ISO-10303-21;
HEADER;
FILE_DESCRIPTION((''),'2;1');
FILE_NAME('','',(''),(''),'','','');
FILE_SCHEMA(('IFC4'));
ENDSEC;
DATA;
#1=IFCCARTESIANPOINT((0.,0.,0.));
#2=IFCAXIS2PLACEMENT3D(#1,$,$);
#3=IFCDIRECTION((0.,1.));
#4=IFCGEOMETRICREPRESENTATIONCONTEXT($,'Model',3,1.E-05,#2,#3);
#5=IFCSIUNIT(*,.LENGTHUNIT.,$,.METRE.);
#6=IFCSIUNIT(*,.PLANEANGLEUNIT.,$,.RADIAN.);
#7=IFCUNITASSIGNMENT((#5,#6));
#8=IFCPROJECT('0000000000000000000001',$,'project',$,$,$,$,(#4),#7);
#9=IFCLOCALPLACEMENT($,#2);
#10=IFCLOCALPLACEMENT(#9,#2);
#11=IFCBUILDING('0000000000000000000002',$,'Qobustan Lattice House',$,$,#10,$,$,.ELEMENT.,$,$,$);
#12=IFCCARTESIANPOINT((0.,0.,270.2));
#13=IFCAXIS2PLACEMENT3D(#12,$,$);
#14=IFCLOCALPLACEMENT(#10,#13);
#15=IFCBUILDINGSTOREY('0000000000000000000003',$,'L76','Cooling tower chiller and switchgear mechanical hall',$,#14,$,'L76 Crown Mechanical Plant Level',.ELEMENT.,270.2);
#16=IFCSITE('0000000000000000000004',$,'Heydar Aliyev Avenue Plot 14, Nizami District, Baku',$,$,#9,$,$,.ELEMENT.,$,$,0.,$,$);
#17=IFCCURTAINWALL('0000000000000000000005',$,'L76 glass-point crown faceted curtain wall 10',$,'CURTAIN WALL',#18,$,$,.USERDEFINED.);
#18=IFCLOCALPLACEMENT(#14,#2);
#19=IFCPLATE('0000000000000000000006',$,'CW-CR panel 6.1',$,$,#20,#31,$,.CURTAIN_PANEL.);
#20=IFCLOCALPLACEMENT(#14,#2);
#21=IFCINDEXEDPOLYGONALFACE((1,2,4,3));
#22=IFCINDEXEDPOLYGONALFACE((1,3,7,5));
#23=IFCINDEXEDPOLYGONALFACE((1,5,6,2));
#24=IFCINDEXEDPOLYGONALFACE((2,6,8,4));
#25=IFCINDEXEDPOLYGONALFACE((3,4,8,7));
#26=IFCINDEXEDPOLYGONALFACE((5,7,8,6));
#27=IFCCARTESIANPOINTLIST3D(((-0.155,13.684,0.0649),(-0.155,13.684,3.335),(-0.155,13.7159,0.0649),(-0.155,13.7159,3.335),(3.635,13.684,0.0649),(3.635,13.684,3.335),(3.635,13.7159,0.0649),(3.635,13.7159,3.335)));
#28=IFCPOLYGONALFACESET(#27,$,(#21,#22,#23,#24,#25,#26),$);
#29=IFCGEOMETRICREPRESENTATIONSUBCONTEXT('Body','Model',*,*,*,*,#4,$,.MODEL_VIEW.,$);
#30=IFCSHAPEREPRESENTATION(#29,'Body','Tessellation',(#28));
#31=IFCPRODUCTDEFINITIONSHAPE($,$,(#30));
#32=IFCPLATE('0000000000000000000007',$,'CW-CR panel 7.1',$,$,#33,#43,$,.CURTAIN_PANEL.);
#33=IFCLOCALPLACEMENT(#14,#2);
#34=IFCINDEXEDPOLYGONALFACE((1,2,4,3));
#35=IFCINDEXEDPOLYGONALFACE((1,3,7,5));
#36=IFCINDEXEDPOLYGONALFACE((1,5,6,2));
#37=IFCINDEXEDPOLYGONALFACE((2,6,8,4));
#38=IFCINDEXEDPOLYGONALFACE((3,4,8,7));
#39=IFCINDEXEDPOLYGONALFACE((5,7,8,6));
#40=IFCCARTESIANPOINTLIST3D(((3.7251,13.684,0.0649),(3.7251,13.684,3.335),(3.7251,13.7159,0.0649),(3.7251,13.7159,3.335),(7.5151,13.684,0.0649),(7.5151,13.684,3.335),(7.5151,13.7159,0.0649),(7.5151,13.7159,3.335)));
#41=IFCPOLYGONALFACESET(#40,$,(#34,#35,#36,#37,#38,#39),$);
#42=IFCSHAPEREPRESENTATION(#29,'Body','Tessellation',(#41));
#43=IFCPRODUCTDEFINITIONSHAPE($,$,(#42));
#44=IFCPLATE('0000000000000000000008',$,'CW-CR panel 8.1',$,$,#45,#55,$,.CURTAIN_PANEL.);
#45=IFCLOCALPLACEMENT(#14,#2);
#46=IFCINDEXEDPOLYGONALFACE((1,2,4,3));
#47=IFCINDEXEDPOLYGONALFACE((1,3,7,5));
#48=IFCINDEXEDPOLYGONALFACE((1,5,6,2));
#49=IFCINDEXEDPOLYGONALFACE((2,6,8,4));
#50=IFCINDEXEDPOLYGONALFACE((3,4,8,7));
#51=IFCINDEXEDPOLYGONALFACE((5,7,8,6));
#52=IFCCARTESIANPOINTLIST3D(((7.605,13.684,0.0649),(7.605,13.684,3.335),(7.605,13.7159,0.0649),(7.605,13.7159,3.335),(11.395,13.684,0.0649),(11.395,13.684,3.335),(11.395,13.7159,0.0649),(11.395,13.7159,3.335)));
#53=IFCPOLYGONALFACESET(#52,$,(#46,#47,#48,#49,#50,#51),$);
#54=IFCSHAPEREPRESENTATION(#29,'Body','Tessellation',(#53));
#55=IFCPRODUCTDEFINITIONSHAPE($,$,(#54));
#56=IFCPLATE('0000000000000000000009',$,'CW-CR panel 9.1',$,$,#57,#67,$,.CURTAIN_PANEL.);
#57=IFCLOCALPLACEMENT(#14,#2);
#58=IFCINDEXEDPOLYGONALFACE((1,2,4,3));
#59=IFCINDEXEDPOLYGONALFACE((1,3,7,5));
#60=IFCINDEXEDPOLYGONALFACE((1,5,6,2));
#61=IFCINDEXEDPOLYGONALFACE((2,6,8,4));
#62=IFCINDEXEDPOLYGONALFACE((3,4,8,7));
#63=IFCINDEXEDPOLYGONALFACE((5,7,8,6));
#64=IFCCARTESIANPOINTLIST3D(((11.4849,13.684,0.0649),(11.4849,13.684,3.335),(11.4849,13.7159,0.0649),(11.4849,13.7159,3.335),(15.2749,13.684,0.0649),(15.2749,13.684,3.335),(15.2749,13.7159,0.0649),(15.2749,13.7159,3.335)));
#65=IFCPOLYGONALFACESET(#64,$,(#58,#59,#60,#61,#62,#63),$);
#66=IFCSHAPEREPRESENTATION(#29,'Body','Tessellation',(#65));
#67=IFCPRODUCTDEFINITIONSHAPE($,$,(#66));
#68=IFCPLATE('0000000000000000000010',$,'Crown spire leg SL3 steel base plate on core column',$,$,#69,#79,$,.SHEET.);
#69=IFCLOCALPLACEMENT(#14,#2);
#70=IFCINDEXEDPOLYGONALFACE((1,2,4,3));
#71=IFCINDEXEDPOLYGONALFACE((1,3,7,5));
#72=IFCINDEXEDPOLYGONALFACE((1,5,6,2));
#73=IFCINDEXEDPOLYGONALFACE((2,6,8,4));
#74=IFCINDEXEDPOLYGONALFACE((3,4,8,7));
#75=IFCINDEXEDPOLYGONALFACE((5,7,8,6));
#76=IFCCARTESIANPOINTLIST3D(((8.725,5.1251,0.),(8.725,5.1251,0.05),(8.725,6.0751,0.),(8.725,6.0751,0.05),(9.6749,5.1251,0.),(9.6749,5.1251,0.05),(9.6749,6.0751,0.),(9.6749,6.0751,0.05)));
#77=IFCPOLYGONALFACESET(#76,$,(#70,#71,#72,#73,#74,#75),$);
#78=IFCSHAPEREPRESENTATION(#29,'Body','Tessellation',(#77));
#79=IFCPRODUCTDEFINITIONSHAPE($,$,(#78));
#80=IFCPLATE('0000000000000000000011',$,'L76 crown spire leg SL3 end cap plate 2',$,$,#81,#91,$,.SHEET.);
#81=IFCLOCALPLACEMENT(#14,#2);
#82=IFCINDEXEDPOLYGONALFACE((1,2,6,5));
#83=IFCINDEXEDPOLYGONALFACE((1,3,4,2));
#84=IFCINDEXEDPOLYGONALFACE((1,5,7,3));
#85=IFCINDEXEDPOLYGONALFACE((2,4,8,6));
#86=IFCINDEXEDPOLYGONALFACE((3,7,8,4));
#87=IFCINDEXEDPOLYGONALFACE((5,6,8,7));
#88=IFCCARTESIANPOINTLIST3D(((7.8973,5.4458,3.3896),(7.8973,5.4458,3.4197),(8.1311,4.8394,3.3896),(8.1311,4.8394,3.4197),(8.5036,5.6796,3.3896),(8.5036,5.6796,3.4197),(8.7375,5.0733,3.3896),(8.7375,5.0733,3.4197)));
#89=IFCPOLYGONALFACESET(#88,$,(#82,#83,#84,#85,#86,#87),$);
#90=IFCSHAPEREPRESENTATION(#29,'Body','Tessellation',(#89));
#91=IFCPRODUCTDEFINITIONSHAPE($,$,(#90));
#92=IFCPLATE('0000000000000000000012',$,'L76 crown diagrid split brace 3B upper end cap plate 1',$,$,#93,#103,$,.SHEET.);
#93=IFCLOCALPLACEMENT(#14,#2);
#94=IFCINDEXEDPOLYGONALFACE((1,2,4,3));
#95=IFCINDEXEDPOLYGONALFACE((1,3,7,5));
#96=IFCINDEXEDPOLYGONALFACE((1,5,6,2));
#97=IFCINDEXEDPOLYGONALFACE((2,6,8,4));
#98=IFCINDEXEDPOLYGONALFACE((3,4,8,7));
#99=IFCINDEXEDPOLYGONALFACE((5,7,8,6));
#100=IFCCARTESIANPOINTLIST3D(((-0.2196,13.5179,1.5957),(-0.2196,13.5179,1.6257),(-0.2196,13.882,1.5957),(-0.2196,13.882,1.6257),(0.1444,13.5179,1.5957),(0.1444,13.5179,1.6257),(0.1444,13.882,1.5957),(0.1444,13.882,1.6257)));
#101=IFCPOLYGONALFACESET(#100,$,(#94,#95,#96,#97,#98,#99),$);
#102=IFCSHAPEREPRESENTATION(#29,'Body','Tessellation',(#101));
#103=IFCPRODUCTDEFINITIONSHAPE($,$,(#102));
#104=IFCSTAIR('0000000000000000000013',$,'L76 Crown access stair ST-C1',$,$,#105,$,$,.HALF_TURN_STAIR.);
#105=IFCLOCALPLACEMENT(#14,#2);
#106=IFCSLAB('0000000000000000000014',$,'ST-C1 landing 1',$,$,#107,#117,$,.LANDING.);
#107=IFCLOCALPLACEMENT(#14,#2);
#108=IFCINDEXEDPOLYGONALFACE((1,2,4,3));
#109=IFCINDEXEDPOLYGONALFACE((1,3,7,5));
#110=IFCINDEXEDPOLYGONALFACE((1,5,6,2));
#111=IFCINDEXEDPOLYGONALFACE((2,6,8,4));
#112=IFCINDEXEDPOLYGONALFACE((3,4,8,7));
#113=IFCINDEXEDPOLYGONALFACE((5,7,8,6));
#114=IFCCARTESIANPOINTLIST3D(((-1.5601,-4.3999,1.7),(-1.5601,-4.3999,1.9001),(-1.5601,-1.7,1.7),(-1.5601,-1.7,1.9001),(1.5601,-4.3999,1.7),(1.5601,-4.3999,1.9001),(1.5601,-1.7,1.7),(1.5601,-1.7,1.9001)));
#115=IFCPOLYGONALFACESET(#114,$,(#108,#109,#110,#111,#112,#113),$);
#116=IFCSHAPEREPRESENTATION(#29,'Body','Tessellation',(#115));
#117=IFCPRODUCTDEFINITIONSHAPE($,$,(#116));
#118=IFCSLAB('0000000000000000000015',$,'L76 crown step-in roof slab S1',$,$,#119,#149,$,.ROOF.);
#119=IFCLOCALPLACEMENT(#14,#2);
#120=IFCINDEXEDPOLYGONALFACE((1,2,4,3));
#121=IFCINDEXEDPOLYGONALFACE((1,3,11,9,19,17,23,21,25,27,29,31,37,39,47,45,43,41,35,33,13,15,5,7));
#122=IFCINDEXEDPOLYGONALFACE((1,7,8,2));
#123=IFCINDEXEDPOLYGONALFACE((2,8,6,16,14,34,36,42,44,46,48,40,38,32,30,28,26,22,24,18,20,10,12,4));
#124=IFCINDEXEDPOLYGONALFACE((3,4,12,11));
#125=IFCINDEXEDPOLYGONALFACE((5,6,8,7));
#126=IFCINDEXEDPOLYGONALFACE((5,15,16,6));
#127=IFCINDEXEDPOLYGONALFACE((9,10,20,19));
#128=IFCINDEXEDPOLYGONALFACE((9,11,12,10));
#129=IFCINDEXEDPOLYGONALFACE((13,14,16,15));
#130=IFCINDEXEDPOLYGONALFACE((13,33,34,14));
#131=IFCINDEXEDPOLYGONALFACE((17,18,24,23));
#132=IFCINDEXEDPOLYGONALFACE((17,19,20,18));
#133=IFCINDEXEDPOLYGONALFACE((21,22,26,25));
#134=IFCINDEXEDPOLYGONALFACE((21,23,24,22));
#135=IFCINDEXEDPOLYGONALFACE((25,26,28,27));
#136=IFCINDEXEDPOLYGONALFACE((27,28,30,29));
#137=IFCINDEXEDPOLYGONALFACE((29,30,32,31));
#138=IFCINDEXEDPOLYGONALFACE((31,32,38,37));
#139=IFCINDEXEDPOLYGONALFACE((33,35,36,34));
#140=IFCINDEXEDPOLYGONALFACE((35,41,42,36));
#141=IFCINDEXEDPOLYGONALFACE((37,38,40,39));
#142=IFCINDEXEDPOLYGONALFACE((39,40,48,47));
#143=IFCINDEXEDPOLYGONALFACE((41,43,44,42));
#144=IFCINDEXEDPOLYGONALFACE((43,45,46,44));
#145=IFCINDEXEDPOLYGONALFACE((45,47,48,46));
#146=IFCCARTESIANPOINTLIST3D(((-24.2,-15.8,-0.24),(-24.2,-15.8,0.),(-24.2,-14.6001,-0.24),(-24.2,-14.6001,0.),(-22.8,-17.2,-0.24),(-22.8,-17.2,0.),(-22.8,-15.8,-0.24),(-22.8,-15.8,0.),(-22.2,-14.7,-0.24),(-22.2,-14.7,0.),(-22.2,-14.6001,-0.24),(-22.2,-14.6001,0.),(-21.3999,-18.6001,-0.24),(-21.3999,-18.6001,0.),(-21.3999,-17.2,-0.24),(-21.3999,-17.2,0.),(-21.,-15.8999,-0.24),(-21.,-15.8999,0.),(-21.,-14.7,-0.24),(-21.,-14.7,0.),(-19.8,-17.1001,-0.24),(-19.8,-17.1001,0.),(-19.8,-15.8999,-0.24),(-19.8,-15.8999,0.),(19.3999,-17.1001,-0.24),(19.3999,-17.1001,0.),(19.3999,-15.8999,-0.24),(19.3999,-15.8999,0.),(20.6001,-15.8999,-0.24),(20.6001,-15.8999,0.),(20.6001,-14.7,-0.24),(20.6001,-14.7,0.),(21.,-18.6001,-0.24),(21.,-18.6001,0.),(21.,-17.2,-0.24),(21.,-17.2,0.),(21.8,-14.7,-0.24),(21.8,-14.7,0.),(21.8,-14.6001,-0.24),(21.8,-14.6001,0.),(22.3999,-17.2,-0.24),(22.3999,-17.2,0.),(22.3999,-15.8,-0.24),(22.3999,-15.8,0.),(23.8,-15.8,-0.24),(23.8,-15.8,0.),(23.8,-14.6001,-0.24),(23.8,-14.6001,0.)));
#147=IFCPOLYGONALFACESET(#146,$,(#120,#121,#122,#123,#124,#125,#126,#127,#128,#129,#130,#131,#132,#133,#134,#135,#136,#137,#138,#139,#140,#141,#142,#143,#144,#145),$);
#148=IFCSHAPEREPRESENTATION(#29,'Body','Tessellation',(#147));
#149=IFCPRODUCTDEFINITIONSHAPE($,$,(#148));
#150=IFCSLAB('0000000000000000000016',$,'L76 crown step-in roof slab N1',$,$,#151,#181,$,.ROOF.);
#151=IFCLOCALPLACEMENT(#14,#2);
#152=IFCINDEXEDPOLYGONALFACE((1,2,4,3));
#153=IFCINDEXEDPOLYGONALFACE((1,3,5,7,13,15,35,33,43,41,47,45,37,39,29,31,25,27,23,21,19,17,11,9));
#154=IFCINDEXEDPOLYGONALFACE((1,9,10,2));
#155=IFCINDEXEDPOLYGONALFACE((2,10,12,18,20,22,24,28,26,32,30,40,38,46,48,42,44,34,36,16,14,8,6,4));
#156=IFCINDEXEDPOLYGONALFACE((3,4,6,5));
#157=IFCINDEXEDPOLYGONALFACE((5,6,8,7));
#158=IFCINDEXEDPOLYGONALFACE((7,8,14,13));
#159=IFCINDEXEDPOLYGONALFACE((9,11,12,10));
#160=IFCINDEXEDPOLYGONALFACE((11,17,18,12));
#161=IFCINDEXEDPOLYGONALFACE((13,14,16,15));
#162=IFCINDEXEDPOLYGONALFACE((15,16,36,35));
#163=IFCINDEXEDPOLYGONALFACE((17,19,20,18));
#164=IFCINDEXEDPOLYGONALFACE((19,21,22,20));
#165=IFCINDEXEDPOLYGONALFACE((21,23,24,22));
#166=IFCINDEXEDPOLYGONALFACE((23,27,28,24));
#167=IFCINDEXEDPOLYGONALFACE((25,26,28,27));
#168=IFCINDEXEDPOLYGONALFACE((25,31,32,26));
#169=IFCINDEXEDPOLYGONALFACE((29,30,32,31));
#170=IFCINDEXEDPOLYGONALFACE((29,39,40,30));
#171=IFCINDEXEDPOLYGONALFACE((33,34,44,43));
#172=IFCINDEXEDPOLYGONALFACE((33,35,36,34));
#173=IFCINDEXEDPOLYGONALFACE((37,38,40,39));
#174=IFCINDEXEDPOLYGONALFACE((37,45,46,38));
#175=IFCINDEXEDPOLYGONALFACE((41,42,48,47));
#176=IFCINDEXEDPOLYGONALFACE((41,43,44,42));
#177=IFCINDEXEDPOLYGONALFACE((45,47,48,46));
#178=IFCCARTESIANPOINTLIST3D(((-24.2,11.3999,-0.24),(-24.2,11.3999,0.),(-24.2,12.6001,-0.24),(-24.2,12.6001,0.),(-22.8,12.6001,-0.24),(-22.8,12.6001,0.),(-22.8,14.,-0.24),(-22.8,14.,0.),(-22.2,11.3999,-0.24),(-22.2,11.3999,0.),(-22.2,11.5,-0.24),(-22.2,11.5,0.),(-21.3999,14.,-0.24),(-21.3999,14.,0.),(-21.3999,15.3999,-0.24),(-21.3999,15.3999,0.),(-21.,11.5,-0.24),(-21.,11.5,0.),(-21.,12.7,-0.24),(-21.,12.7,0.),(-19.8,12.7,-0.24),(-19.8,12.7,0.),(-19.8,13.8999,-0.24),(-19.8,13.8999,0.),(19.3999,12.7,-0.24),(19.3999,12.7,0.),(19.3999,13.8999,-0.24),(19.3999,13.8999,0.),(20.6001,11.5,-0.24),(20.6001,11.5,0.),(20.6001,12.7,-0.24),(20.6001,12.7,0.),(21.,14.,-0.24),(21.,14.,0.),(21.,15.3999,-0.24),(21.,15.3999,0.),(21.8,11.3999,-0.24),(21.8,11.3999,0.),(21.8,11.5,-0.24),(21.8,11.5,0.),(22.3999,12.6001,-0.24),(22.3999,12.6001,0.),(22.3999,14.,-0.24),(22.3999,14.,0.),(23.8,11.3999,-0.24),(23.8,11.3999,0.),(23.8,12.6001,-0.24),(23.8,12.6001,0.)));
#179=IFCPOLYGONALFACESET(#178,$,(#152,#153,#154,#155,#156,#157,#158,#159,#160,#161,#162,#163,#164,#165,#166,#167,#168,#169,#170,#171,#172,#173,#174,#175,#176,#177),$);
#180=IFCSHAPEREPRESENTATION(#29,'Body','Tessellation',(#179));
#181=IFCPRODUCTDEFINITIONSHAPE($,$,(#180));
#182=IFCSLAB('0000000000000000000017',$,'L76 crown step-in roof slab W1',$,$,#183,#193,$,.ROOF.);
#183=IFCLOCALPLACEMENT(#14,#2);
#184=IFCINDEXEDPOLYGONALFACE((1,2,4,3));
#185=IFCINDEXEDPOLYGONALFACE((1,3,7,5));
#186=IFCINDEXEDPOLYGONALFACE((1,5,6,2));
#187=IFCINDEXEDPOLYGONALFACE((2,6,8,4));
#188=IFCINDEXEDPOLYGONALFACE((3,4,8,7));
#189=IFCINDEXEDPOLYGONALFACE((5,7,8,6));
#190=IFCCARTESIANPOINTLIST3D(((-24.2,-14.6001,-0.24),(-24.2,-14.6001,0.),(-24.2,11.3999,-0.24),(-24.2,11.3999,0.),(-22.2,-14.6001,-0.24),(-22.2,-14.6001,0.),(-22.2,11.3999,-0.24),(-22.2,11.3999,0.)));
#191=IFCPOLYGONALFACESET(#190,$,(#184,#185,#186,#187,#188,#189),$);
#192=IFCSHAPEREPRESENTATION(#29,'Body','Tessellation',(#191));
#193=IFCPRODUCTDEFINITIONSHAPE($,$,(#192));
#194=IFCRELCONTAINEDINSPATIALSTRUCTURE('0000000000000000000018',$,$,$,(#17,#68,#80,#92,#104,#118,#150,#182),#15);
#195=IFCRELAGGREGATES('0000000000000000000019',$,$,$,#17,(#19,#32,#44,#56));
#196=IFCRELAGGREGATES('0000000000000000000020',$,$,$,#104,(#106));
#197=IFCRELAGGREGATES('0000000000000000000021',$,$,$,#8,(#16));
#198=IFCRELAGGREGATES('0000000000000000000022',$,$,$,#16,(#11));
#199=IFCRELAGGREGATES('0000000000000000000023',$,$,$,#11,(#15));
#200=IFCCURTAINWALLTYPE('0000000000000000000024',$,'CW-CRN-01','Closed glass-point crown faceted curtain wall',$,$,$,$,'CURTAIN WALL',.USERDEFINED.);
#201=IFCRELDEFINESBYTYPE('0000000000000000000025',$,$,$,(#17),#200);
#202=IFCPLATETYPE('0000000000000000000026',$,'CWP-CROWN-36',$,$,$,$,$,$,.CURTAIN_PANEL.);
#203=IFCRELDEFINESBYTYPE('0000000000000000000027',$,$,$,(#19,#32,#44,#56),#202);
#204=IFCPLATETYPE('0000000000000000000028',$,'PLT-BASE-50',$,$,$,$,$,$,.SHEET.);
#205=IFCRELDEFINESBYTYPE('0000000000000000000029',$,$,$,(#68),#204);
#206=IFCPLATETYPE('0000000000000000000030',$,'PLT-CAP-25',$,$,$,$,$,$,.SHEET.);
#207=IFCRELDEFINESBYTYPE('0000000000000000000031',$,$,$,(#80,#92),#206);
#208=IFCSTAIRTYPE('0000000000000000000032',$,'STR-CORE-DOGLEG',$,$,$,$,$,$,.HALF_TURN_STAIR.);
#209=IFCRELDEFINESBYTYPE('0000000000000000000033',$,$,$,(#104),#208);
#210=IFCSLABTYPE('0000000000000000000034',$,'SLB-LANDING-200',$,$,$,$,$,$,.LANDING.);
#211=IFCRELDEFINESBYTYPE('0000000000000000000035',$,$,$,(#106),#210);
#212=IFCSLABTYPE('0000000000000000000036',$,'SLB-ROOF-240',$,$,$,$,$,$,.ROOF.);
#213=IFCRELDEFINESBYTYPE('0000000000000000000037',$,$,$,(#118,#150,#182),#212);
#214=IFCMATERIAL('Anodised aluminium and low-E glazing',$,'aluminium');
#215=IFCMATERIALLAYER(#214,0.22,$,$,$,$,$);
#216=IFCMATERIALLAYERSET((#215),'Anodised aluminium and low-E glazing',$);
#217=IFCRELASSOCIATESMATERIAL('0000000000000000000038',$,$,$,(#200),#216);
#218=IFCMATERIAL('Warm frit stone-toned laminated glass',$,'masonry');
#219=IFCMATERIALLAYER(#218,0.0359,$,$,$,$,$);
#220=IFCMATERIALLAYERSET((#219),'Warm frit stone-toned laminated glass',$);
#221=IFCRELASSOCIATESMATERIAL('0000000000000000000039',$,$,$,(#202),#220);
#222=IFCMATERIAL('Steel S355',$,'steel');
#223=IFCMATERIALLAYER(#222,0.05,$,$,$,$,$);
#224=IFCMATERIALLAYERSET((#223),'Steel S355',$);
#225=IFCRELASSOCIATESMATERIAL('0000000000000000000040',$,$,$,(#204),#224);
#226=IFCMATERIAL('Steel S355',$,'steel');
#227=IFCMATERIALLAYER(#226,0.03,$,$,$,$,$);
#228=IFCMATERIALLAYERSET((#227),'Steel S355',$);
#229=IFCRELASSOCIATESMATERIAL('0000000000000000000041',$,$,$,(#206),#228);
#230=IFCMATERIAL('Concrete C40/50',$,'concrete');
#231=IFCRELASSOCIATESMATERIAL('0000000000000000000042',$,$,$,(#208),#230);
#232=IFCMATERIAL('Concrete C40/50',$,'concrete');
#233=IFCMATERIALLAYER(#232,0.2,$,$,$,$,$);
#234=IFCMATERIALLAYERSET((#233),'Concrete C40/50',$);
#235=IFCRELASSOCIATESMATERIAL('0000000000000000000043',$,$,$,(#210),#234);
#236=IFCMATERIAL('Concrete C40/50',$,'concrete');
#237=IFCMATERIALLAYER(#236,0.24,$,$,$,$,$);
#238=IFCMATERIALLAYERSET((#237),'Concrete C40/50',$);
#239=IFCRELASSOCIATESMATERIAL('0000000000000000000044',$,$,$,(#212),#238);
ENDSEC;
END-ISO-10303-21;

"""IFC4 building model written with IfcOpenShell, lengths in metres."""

from ifc_helpers import new_model, si_unit, direction, frame, origin, origin_2d, place, context, subcontext, project, spatial, polyline, rectangle, outline, extrude, material, layer, layer_set, type_object, element, aggregate, save


model = new_model("IFC4")

# Units and contexts
model_context = context("Model", 3, precision=1e-05, world=origin(), true_north=direction((0.0, 1.0)))
body_context = subcontext(model_context, "Body", "Model", "MODEL_VIEW")
ifc_project = project(units=[si_unit("LENGTHUNIT", "METRE"), si_unit("PLANEANGLEUNIT", "RADIAN")], contexts=[model_context])

# Site, building, storey
site_placement = place(None, origin())
site = spatial("IfcSite", under=ifc_project, at=site_placement, Name="Heydar Aliyev Avenue Plot 14, Nizami District, Baku", CompositionType="ELEMENT", RefElevation=0.0)
building_placement = place(site_placement, origin())
building = spatial("IfcBuilding", under=site, at=building_placement, Name="Qobustan Lattice House", CompositionType="ELEMENT")
storey_placement = place(building_placement, frame((0.0, 0.0, 270.2)))
storey = spatial("IfcBuildingStorey", under=building, at=storey_placement, Name="L76", Description="Cooling tower chiller and switchgear mechanical hall", LongName="L76 Crown Mechanical Plant Level", CompositionType="ELEMENT", Elevation=270.2)

# Curtain wall
ifc_material_1 = material(Name="Anodised aluminium and low-E glazing", Category="aluminium")
ifc_layer_1 = layer(ifc_material_1, 0.22)
ifc_layer_set_1 = layer_set([ifc_layer_1], Name="Anodised aluminium and low-E glazing")
curtain_wall_type = type_object("IfcCurtainWallType", Name="CW-CRN-01", Description="Closed glass-point crown faceted curtain wall", ElementType="CURTAIN WALL", PredefinedType="USERDEFINED", material=ifc_layer_set_1)
curtain_wall_placement = place(storey_placement, origin())
curtain_wall = element("IfcCurtainWall", 1, at=curtain_wall_placement, inside=storey, type_object=curtain_wall_type, Name="L76 glass-point crown faceted curtain wall 10", ObjectType="CURTAIN WALL", PredefinedType="USERDEFINED")

# Plates
ifc_material_2 = material(Name="Warm frit stone-toned laminated glass", Category="masonry")
ifc_layer_2 = layer(ifc_material_2, 0.0359)
ifc_layer_set_2 = layer_set([ifc_layer_2], Name="Warm frit stone-toned laminated glass")
plate_type_1 = type_object("IfcPlateType", Name="CWP-CROWN-36", PredefinedType="CURTAIN_PANEL", material=ifc_layer_set_2)
plate_1_placement = place(storey_placement, frame((1.74, 13.7, 0.0649), z_axis=(0.0, 0.0, 1.0), x_axis=(1.0, 0.0, 0.0)))
plate_1 = element("IfcPlate", 2, at=plate_1_placement, type_object=plate_type_1, Name="CW-CR panel 6.1", PredefinedType="CURTAIN_PANEL", context=body_context, shape_type="SweptSolid", body=[
    extrude(rectangle(XDim=3.79, YDim=0.032, at=origin_2d()), origin(), (0.0, 0.0, 1.0), 3.27),
])
plate_2_placement = place(storey_placement, frame((5.6201, 13.7, 0.0649), z_axis=(0.0, 0.0, 1.0), x_axis=(1.0, 0.0, 0.0)))
plate_2 = element("IfcPlate", 3, at=plate_2_placement, type_object=plate_type_1, Name="CW-CR panel 7.1", PredefinedType="CURTAIN_PANEL", context=body_context, shape_type="SweptSolid", body=[
    extrude(rectangle(XDim=3.79, YDim=0.032, at=origin_2d()), origin(), (0.0, 0.0, 1.0), 3.27),
])
plate_3_placement = place(storey_placement, frame((9.5, 13.7, 0.0649), z_axis=(0.0, 0.0, 1.0), x_axis=(1.0, 0.0, 0.0)))
plate_3 = element("IfcPlate", 4, at=plate_3_placement, type_object=plate_type_1, Name="CW-CR panel 8.1", PredefinedType="CURTAIN_PANEL", context=body_context, shape_type="SweptSolid", body=[
    extrude(rectangle(XDim=3.79, YDim=0.032, at=origin_2d()), origin(), (0.0, 0.0, 1.0), 3.27),
])
plate_4_placement = place(storey_placement, frame((13.3799, 13.7, 0.0649), z_axis=(0.0, 0.0, 1.0), x_axis=(1.0, 0.0, 0.0)))
plate_4 = element("IfcPlate", 5, at=plate_4_placement, type_object=plate_type_1, Name="CW-CR panel 9.1", PredefinedType="CURTAIN_PANEL", context=body_context, shape_type="SweptSolid", body=[
    extrude(rectangle(XDim=3.79, YDim=0.032, at=origin_2d()), origin(), (0.0, 0.0, 1.0), 3.27),
])
aggregate(curtain_wall, [plate_1, plate_2, plate_3, plate_4])

# Plates
ifc_material_3 = material(Name="Steel S355", Category="steel")
ifc_layer_3 = layer(ifc_material_3, 0.05)
ifc_layer_set_3 = layer_set([ifc_layer_3], Name="Steel S355")
plate_type_2 = type_object("IfcPlateType", Name="PLT-BASE-50", PredefinedType="SHEET", material=ifc_layer_set_3)
plate_5_placement = place(storey_placement, frame((9.2, 5.6001, 0.0), z_axis=(0.0, 0.0, 1.0), x_axis=(1.0, 0.0, 0.0)))
element("IfcPlate", 6, at=plate_5_placement, inside=storey, type_object=plate_type_2, Name="Crown spire leg SL3 steel base plate on core column", PredefinedType="SHEET", context=body_context, shape_type="SweptSolid", body=[
    extrude(rectangle(XDim=0.95, YDim=0.95, at=origin_2d()), origin(), (0.0, 0.0, 1.0), 0.05),
])
ifc_material_4 = material(Name="Steel S355", Category="steel")
ifc_layer_4 = layer(ifc_material_4, 0.03)
ifc_layer_set_4 = layer_set([ifc_layer_4], Name="Steel S355")
plate_type_3 = type_object("IfcPlateType", Name="PLT-CAP-25", PredefinedType="SHEET", material=ifc_layer_set_4)
plate_6_placement = place(storey_placement, frame((8.3174, 5.2595, 3.3896), z_axis=(0.0, 0.0, 1.0), x_axis=(-0.933004, -0.359867, 0.0)))
element("IfcPlate", 7, at=plate_6_placement, inside=storey, type_object=plate_type_3, Name="L76 crown spire leg SL3 end cap plate 2", PredefinedType="SHEET", context=body_context, shape_type="SweptSolid", body=[
    extrude(rectangle(XDim=0.6499, YDim=0.6499, at=origin_2d()), origin(), (0.0, 0.0, 1.0), 0.03),
])
plate_7_placement = place(storey_placement, frame((-0.0376, 13.7, 1.5957), z_axis=(0.0, 0.0, 1.0), x_axis=(1.0, 0.0, 0.0)))
element("IfcPlate", 8, at=plate_7_placement, inside=storey, type_object=plate_type_3, Name="L76 crown diagrid split brace 3B upper end cap plate 1", PredefinedType="SHEET", context=body_context, shape_type="SweptSolid", body=[
    extrude(rectangle(XDim=0.364, YDim=0.364, at=origin_2d()), origin(), (0.0, 0.0, 1.0), 0.03),
])

# Stair, slab
ifc_material_5 = material(Name="Concrete C40/50", Category="concrete")
stair_type = type_object("IfcStairType", Name="STR-CORE-DOGLEG", PredefinedType="HALF_TURN_STAIR", material=ifc_material_5)
stair_placement = place(storey_placement, origin())
stair = element("IfcStair", 9, at=stair_placement, inside=storey, type_object=stair_type, Name="L76 Crown access stair ST-C1", PredefinedType="HALF_TURN_STAIR")
ifc_material_6 = material(Name="Concrete C40/50", Category="concrete")
ifc_layer_5 = layer(ifc_material_6, 0.2)
ifc_layer_set_5 = layer_set([ifc_layer_5], Name="Concrete C40/50")
slab_type_1 = type_object("IfcSlabType", Name="SLB-LANDING-200", PredefinedType="LANDING", material=ifc_layer_set_5)
slab_1_placement = place(storey_placement, frame((0.0, 0.0, 1.7)))
slab_1 = element("IfcSlab", 10, at=slab_1_placement, type_object=slab_type_1, Name="ST-C1 landing 1", PredefinedType="LANDING", context=body_context, shape_type="SweptSolid", body=[
    extrude(outline(polyline([(-1.5601, -1.7), (-1.5601, -4.3999), (1.5601, -4.3999), (1.5601, -1.7), (-1.5601, -1.7)])), origin(), (0.0, 0.0, 1.0), 0.2002),
])
aggregate(stair, [slab_1])

# Slabs
ifc_material_7 = material(Name="Concrete C40/50", Category="concrete")
ifc_layer_6 = layer(ifc_material_7, 0.24)
ifc_layer_set_6 = layer_set([ifc_layer_6], Name="Concrete C40/50")
slab_type_2 = type_object("IfcSlabType", Name="SLB-ROOF-240", PredefinedType="ROOF", material=ifc_layer_set_6)
slab_2_placement = place(storey_placement, frame((0.0, 0.0, -0.24)))
element("IfcSlab", 11, at=slab_2_placement, inside=storey, type_object=slab_type_2, Name="L76 crown step-in roof slab S1", PredefinedType="ROOF", context=body_context, shape_type="SweptSolid", body=[
    extrude(outline(polyline([(-21.3999, -17.2), (-21.3999, -18.6001), (21.0, -18.6001), (21.0, -17.2), (22.3999, -17.2), (22.3999, -15.8), (23.8, -15.8), (23.8, -14.6001), (21.8, -14.6001), (21.8, -14.7), (20.6001, -14.7), (20.6001, -15.8999), (19.3999, -15.8999), (19.3999, -17.1001), (-19.8, -17.1001), (-19.8, -15.8999), (-21.0, -15.8999), (-21.0, -14.7), (-22.2, -14.7), (-22.2, -14.6001), (-24.2, -14.6001), (-24.2, -15.8), (-22.8, -15.8), (-22.8, -17.2), (-21.3999, -17.2)])), origin(), (0.0, 0.0, 1.0), 0.24),
])
slab_3_placement = place(storey_placement, frame((0.0, 0.0, -0.24)))
element("IfcSlab", 12, at=slab_3_placement, inside=storey, type_object=slab_type_2, Name="L76 crown step-in roof slab N1", PredefinedType="ROOF", context=body_context, shape_type="SweptSolid", body=[
    extrude(outline(polyline([(-24.2, 11.3999), (-22.2, 11.3999), (-22.2, 11.5), (-21.0, 11.5), (-21.0, 12.7), (-19.8, 12.7), (-19.8, 13.8999), (19.3999, 13.8999), (19.3999, 12.7), (20.6001, 12.7), (20.6001, 11.5), (21.8, 11.5), (21.8, 11.3999), (23.8, 11.3999), (23.8, 12.6001), (22.3999, 12.6001), (22.3999, 14.0), (21.0, 14.0), (21.0, 15.3999), (-21.3999, 15.3999), (-21.3999, 14.0), (-22.8, 14.0), (-22.8, 12.6001), (-24.2, 12.6001), (-24.2, 11.3999)])), origin(), (0.0, 0.0, 1.0), 0.24),
])
slab_4_placement = place(storey_placement, frame((0.0, 0.0, -0.24)))
element("IfcSlab", 13, at=slab_4_placement, inside=storey, type_object=slab_type_2, Name="L76 crown step-in roof slab W1", PredefinedType="ROOF", context=body_context, shape_type="SweptSolid", body=[
    extrude(outline(polyline([(-24.2, -14.6001), (-22.2, -14.6001), (-22.2, 11.3999), (-24.2, 11.3999), (-24.2, -14.6001)])), origin(), (0.0, 0.0, 1.0), 0.24),
])

save(model, "model.ifc")
